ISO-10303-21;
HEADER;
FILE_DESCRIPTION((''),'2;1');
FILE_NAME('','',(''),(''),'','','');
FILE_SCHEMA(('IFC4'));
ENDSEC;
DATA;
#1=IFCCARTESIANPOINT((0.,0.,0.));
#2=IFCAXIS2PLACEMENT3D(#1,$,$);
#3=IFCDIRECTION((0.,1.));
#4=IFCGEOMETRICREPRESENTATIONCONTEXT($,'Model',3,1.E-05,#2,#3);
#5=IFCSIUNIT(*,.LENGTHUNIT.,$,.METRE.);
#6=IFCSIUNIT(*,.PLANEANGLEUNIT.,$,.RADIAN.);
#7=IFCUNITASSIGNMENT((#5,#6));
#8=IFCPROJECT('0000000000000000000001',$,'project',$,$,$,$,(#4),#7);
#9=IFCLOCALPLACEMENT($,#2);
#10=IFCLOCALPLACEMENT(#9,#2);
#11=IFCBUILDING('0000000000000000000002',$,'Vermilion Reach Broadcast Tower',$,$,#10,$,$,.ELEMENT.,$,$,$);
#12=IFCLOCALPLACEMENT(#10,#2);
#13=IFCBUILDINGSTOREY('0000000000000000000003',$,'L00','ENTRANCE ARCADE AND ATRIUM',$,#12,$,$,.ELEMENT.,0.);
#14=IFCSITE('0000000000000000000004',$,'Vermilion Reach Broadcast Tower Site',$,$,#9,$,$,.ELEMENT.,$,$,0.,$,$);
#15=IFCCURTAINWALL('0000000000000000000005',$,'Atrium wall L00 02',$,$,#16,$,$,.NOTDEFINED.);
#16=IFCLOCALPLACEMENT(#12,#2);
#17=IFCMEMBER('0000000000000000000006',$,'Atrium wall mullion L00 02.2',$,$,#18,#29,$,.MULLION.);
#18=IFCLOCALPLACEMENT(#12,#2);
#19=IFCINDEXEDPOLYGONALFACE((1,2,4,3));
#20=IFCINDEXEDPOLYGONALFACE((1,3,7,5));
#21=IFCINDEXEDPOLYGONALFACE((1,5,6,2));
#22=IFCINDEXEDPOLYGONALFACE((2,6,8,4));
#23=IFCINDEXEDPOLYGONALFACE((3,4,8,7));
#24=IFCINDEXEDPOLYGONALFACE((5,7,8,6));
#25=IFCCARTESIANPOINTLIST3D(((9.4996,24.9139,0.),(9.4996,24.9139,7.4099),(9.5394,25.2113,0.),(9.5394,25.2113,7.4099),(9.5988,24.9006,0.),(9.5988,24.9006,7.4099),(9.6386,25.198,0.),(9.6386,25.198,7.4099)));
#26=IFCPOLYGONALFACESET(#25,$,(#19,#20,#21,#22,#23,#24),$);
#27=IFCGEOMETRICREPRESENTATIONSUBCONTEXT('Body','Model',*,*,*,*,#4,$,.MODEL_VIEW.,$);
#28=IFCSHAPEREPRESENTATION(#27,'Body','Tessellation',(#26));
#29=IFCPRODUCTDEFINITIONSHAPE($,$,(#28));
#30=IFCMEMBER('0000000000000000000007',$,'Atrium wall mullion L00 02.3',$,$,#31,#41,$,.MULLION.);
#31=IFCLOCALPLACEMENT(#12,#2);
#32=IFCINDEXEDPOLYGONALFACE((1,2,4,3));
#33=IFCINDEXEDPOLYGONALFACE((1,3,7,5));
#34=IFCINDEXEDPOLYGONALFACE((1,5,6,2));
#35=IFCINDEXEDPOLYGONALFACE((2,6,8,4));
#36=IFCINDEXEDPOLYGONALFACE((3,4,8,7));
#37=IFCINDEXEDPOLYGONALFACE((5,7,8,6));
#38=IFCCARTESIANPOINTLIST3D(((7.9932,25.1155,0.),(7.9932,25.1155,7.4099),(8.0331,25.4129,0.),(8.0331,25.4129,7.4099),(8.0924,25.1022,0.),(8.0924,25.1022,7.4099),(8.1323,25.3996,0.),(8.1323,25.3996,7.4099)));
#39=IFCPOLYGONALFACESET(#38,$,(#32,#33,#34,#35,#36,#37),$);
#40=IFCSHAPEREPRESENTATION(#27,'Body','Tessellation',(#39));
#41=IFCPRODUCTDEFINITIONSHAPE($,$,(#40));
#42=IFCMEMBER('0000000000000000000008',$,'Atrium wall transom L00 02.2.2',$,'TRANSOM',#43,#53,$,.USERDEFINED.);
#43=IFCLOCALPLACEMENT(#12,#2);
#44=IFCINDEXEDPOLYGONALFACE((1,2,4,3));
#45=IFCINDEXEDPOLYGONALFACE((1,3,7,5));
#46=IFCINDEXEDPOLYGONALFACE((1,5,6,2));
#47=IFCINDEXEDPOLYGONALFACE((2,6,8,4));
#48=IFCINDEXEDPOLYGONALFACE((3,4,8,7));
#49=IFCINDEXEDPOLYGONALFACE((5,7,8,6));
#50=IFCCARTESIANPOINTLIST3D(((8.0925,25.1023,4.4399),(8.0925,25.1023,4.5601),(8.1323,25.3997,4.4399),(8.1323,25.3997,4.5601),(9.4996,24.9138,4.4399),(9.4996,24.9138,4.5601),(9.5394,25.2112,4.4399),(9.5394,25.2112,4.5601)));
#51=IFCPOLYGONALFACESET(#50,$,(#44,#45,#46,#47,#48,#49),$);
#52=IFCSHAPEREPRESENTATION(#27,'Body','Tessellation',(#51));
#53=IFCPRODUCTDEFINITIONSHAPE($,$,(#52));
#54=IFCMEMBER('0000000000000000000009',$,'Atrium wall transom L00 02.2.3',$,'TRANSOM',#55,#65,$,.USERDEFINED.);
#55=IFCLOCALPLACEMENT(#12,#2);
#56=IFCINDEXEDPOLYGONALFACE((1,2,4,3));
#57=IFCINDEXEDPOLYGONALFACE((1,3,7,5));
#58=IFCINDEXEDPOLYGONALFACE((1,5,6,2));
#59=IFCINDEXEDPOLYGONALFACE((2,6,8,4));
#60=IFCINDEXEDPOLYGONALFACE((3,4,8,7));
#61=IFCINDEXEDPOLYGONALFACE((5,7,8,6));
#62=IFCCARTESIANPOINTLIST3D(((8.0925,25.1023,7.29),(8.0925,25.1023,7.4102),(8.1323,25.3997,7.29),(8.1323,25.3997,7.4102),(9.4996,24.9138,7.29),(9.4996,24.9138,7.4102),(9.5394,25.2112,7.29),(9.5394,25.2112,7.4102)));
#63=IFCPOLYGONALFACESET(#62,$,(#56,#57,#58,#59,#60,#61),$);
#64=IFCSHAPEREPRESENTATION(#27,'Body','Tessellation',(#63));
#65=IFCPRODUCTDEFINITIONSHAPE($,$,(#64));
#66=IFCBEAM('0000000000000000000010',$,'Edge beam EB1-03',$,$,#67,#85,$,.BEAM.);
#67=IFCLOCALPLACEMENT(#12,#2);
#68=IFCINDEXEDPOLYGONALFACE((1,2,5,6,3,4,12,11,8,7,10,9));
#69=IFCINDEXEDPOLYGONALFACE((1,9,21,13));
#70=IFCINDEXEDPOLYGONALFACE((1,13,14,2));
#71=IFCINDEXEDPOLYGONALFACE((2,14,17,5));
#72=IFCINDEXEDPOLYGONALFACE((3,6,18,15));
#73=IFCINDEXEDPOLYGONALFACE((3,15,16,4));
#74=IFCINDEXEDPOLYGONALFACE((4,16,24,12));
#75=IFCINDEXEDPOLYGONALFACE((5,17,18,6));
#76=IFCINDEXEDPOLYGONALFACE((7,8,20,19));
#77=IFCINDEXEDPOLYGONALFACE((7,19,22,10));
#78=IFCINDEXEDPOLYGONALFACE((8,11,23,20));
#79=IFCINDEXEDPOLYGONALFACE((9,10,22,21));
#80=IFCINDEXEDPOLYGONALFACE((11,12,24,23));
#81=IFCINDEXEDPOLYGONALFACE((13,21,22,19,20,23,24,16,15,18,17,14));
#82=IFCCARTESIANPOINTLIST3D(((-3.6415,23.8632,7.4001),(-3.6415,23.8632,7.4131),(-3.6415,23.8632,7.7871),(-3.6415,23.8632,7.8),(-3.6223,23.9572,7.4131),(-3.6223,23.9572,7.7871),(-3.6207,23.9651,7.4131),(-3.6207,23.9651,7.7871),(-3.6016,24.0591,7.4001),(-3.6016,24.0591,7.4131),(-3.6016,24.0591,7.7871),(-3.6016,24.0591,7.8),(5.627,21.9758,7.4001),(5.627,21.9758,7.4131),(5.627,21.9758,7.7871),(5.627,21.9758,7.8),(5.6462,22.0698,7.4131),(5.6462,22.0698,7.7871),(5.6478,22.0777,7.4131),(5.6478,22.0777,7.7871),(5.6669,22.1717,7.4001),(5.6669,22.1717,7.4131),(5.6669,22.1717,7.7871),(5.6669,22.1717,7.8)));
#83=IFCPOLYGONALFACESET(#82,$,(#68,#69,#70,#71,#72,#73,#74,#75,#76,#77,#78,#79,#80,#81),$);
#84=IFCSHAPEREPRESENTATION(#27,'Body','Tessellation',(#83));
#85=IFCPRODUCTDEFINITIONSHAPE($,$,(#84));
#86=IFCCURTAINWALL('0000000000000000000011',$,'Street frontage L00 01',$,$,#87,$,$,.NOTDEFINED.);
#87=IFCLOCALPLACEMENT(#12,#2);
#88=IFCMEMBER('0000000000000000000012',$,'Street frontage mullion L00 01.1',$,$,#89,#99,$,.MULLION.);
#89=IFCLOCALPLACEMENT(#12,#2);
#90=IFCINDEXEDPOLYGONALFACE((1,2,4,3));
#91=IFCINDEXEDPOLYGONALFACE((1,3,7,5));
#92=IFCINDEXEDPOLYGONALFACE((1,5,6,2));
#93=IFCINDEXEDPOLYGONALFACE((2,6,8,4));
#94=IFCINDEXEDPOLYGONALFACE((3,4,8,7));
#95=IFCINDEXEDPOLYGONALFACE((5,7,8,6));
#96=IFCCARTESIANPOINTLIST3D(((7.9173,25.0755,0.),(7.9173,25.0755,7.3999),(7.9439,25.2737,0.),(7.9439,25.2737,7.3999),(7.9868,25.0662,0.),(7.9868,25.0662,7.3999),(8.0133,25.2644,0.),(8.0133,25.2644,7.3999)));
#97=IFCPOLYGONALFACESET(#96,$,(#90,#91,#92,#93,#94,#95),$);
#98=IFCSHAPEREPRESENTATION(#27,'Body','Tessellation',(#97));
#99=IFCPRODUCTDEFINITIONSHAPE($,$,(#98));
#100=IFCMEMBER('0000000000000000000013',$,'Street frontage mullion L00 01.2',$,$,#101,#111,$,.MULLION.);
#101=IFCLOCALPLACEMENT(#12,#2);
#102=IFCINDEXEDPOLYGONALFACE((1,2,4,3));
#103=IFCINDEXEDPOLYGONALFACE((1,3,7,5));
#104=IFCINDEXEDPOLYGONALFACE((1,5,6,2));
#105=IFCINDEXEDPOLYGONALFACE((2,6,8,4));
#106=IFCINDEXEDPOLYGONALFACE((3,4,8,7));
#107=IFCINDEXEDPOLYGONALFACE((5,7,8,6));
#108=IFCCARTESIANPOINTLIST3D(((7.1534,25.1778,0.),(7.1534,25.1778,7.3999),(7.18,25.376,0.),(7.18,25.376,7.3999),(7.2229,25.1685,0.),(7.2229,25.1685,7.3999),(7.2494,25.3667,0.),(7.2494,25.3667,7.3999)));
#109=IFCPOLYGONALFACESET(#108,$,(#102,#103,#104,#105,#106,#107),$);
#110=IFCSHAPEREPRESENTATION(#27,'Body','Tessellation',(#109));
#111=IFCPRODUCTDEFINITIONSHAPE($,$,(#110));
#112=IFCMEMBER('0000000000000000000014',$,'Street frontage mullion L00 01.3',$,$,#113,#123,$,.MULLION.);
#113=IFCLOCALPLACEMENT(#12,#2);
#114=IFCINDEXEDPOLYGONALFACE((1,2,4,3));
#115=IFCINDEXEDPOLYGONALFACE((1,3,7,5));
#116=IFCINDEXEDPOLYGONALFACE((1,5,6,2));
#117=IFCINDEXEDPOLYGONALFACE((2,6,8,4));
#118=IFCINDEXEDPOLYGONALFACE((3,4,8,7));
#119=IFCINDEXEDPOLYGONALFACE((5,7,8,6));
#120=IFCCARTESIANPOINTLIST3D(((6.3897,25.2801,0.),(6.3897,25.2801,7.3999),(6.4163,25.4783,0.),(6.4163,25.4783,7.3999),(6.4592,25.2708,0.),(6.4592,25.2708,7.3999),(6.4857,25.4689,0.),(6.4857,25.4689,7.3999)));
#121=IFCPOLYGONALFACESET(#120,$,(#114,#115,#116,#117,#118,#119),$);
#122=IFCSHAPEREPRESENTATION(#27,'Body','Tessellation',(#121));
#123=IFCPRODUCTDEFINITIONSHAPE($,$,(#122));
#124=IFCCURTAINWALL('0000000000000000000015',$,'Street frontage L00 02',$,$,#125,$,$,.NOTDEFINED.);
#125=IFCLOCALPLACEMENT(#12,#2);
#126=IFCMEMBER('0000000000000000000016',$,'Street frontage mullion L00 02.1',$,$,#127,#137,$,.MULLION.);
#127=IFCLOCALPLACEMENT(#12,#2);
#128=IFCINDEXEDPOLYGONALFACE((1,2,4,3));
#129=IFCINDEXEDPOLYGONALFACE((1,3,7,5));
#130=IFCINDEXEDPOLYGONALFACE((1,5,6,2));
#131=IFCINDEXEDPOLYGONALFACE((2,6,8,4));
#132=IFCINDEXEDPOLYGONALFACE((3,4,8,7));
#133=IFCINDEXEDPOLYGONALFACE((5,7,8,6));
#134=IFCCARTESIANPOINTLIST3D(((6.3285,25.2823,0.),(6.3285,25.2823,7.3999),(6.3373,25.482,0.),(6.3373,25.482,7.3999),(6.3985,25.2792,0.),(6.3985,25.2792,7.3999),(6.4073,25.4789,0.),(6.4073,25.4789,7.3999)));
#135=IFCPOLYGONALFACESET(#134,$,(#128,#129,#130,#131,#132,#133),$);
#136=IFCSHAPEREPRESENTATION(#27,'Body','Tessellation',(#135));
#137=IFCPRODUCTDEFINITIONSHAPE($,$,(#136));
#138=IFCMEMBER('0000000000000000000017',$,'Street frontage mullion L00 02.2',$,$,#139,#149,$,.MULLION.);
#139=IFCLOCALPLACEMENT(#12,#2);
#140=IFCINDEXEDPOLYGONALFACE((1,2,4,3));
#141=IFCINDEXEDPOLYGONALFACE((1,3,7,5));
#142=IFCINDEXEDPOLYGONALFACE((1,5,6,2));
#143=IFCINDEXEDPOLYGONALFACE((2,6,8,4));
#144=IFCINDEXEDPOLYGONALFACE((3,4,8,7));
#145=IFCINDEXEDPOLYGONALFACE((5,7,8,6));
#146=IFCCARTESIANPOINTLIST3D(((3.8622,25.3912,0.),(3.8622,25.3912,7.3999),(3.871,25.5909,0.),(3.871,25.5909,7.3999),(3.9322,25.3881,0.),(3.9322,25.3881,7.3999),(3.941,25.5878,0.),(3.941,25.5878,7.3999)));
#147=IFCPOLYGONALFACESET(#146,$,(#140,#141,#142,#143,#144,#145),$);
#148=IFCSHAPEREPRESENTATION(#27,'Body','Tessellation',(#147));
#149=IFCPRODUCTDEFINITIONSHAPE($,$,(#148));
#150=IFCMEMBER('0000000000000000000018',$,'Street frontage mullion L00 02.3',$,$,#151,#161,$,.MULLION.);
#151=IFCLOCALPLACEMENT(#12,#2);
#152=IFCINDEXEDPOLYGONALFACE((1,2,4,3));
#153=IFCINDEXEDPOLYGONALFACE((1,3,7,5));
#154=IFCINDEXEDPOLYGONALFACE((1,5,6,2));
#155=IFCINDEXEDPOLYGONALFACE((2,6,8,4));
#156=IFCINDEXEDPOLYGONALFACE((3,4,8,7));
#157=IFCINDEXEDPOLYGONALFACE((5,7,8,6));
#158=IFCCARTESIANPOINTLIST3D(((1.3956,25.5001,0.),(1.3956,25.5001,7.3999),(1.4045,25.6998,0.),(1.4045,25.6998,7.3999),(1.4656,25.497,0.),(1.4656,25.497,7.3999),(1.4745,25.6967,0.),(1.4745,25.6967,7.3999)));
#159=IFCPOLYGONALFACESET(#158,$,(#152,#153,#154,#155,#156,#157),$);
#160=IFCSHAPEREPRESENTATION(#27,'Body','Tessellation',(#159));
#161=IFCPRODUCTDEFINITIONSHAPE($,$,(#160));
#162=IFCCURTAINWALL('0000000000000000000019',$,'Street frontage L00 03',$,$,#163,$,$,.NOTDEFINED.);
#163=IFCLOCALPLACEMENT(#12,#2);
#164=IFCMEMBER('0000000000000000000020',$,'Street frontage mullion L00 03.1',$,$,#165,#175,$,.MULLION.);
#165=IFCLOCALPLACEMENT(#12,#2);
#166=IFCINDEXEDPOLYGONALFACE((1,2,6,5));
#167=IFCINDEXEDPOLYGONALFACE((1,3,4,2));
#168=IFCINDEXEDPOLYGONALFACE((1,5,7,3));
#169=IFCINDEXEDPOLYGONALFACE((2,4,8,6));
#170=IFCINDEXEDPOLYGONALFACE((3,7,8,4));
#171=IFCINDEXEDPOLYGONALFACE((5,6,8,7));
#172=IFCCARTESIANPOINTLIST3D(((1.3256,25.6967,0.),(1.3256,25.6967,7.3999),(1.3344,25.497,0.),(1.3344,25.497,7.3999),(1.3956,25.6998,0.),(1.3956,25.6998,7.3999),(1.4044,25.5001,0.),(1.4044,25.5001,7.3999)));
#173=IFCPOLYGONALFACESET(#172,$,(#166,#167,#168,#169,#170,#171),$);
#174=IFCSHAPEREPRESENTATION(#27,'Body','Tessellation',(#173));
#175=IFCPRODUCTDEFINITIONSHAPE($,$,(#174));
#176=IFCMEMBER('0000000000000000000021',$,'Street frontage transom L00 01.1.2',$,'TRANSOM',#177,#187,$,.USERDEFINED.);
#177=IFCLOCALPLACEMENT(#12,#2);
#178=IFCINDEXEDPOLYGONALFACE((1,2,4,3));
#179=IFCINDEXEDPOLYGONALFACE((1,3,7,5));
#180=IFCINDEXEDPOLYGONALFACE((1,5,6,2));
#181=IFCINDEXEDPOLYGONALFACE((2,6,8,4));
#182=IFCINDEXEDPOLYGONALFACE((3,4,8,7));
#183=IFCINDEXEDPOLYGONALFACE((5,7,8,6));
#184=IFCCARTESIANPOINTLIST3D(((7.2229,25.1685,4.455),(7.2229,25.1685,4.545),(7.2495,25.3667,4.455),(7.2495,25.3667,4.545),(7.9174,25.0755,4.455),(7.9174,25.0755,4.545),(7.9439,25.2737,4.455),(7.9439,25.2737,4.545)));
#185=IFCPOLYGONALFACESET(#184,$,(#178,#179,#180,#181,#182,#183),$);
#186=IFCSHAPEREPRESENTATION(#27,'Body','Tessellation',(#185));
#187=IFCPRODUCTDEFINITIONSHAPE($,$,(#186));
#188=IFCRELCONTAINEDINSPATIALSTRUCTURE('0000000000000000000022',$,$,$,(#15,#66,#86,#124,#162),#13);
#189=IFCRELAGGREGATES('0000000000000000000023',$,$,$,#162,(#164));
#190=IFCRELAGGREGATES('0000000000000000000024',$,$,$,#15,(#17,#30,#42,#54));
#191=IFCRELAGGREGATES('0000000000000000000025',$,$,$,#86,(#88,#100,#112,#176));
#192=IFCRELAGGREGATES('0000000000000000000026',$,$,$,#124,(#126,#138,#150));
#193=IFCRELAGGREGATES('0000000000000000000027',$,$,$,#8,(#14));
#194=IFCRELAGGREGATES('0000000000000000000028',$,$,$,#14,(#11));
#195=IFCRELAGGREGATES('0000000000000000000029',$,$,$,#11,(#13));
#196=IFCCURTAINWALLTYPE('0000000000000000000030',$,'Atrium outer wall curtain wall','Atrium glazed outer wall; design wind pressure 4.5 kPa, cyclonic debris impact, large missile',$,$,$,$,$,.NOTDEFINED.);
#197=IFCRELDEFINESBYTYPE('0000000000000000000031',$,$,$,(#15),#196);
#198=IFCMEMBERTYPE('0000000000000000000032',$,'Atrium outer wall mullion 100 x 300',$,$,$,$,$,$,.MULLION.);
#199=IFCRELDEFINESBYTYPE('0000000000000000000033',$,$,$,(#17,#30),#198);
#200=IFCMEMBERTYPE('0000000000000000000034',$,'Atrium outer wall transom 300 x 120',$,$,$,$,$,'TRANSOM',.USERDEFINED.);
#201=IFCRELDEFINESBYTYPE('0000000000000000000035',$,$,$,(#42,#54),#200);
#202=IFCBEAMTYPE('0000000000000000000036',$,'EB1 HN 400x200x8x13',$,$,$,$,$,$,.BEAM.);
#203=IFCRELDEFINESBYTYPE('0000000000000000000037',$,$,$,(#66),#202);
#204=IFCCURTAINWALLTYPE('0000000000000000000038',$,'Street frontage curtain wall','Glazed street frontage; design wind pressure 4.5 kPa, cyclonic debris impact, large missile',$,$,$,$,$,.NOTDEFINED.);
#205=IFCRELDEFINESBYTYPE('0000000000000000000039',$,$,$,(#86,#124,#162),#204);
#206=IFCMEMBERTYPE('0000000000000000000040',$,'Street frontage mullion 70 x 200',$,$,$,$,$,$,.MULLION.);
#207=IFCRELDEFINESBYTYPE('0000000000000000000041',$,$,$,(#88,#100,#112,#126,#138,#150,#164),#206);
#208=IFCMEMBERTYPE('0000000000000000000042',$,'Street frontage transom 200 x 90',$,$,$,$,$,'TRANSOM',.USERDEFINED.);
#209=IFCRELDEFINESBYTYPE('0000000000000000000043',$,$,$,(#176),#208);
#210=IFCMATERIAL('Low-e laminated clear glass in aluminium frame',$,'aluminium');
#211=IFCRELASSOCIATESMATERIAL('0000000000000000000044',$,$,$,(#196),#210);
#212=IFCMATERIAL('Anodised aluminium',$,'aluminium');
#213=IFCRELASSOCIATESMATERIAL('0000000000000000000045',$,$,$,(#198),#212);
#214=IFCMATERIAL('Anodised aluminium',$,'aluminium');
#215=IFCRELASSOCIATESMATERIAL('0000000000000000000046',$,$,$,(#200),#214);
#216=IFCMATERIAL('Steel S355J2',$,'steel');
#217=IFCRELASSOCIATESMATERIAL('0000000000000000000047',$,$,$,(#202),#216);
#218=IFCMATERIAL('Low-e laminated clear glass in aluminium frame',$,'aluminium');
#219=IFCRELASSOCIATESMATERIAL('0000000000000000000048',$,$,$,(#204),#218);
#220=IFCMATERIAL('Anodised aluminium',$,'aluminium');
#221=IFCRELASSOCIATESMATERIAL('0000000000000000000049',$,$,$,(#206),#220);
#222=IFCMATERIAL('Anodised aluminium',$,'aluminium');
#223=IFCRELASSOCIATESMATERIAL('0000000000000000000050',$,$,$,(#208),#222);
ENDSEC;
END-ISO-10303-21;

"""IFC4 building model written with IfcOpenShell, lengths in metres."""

from ifc_helpers import new_model, si_unit, direction, frame, origin, origin_2d, place, context, subcontext, project, spatial, rectangle, i_section, extrude, material, material_profile, profile_set, type_object, element, aggregate, save


model = new_model("IFC4")

# Units and contexts
model_context = context("Model", 3, precision=1e-05, world=origin(), true_north=direction((0.0, 1.0)))
body_context = subcontext(model_context, "Body", "Model", "MODEL_VIEW")
ifc_project = project(units=[si_unit("LENGTHUNIT", "METRE"), si_unit("PLANEANGLEUNIT", "RADIAN")], contexts=[model_context])

# Site, building, storey
site_placement = place(None, origin())
site = spatial("IfcSite", under=ifc_project, at=site_placement, Name="Vermilion Reach Broadcast Tower Site", CompositionType="ELEMENT", RefElevation=0.0)
building_placement = place(site_placement, origin())
building = spatial("IfcBuilding", under=site, at=building_placement, Name="Vermilion Reach Broadcast Tower", CompositionType="ELEMENT")
storey_placement = place(building_placement, origin())
storey = spatial("IfcBuildingStorey", under=building, at=storey_placement, Name="L00", Description="ENTRANCE ARCADE AND ATRIUM", CompositionType="ELEMENT", Elevation=0.0)

# Curtain wall, members
ifc_material_1 = material(Name="Low-e laminated clear glass in aluminium frame", Category="aluminium")
curtain_wall_type_1 = type_object("IfcCurtainWallType", Name="Atrium outer wall curtain wall", Description="Atrium glazed outer wall; design wind pressure 4.5 kPa, cyclonic debris impact, large missile", PredefinedType="NOTDEFINED", material=ifc_material_1)
placement = place(storey_placement, origin())
curtain_wall_1 = element("IfcCurtainWall", 1, at=placement, inside=storey, type_object=curtain_wall_type_1, Name="Atrium wall L00 02", PredefinedType="NOTDEFINED")
ifc_material_2 = material(Name="Anodised aluminium", Category="aluminium")
ifc_material_profile_1 = material_profile(ifc_material_2, rectangle(XDim=0.3, YDim=0.1001, at=origin_2d()), Name="Atrium outer wall mullion 100 x 300")
ifc_profile_set_1 = profile_set([ifc_material_profile_1], Name="Anodised aluminium")
member_type_1 = type_object("IfcMemberType", Name="Atrium outer wall mullion 100 x 300", PredefinedType="MULLION", material=ifc_profile_set_1)
member_1_placement = place(storey_placement, frame((9.5691, 25.0559, 0.0), z_axis=(0.0, 0.0, 1.0), x_axis=(-0.132794, -0.991144, 0.0)))
member_1 = element("IfcMember", 2, at=member_1_placement, type_object=member_type_1, Name="Atrium wall mullion L00 02.2", PredefinedType="MULLION", context=body_context, shape_type="SweptSolid", body=[
    extrude(rectangle(XDim=0.3, YDim=0.1001, at=origin_2d()), origin(), (0.0, 0.0, 1.0), 7.4099),
])
member_2_placement = place(storey_placement, frame((8.0627, 25.2576, 0.0), z_axis=(0.0, 0.0, 1.0), x_axis=(-0.132794, -0.991144, 0.0)))
member_2 = element("IfcMember", 3, at=member_2_placement, type_object=member_type_1, Name="Atrium wall mullion L00 02.3", PredefinedType="MULLION", context=body_context, shape_type="SweptSolid", body=[
    extrude(rectangle(XDim=0.3, YDim=0.1001, at=origin_2d()), origin(), (0.0, 0.0, 1.0), 7.4099),
])
ifc_material_3 = material(Name="Anodised aluminium", Category="aluminium")
ifc_material_profile_2 = material_profile(ifc_material_3, rectangle(XDim=0.3, YDim=0.1201, at=origin_2d()), Name="Atrium outer wall transom 300 x 120")
ifc_profile_set_2 = profile_set([ifc_material_profile_2], Name="Anodised aluminium")
member_type_2 = type_object("IfcMemberType", Name="Atrium outer wall transom 300 x 120", ElementType="TRANSOM", PredefinedType="USERDEFINED", material=ifc_profile_set_2)
member_3_placement = place(storey_placement, frame((9.5195, 25.0625, 4.5), z_axis=(-0.99115, 0.132749, 0.0), x_axis=(-0.132749, -0.99115, 0.0)))
member_3 = element("IfcMember", 4, at=member_3_placement, type_object=member_type_2, Name="Atrium wall transom L00 02.2.2", ObjectType="TRANSOM", PredefinedType="USERDEFINED", context=body_context, shape_type="SweptSolid", body=[
    extrude(rectangle(XDim=0.3, YDim=0.1201, at=origin_2d()), origin(), (0.0, 0.0, 1.0), 1.4197),
])
member_4_placement = place(storey_placement, frame((9.5195, 25.0625, 7.3501), z_axis=(-0.99115, 0.132749, 0.0), x_axis=(-0.132749, -0.99115, 0.0)))
member_4 = element("IfcMember", 5, at=member_4_placement, type_object=member_type_2, Name="Atrium wall transom L00 02.2.3", ObjectType="TRANSOM", PredefinedType="USERDEFINED", context=body_context, shape_type="SweptSolid", body=[
    extrude(rectangle(XDim=0.3, YDim=0.1201, at=origin_2d()), origin(), (0.0, 0.0, 1.0), 1.4197),
])

# Beam
ifc_material_4 = material(Name="Steel S355J2", Category="steel")
ifc_material_profile_3 = material_profile(ifc_material_4, i_section(OverallWidth=0.2, OverallDepth=0.3999, WebThickness=0.0081, FlangeThickness=0.0129, at=origin_2d()), Name="S355J2 HN 400x200x8x13")
ifc_profile_set_3 = profile_set([ifc_material_profile_3], Name="Steel S355J2")
beam_type = type_object("IfcBeamType", Name="EB1 HN 400x200x8x13", PredefinedType="BEAM", material=ifc_profile_set_3)
beam_placement = place(storey_placement, frame((5.647, 22.0737, 7.6001), z_axis=(-0.979889, 0.199545, 0.0), x_axis=(-0.199545, -0.979889, 0.0)))
element("IfcBeam", 6, at=beam_placement, inside=storey, type_object=beam_type, Name="Edge beam EB1-03", PredefinedType="BEAM", context=body_context, shape_type="SweptSolid", body=[
    extrude(i_section(OverallWidth=0.2, OverallDepth=0.3999, WebThickness=0.0081, FlangeThickness=0.0129, at=origin_2d()), origin(), (0.0, 0.0, 1.0), 9.4587),
])

# Curtain walls, members
ifc_material_5 = material(Name="Low-e laminated clear glass in aluminium frame", Category="aluminium")
curtain_wall_type_2 = type_object("IfcCurtainWallType", Name="Street frontage curtain wall", Description="Glazed street frontage; design wind pressure 4.5 kPa, cyclonic debris impact, large missile", PredefinedType="NOTDEFINED", material=ifc_material_5)
curtain_wall_2 = element("IfcCurtainWall", 7, at=placement, inside=storey, type_object=curtain_wall_type_2, Name="Street frontage L00 01", PredefinedType="NOTDEFINED")
ifc_material_6 = material(Name="Anodised aluminium", Category="aluminium")
ifc_material_profile_4 = material_profile(ifc_material_6, rectangle(XDim=0.2, YDim=0.0701, at=origin_2d()), Name="Street frontage mullion 70 x 200")
ifc_profile_set_4 = profile_set([ifc_material_profile_4], Name="Anodised aluminium")
member_type_3 = type_object("IfcMemberType", Name="Street frontage mullion 70 x 200", PredefinedType="MULLION", material=ifc_profile_set_4)
member_5_placement = place(storey_placement, frame((7.9653, 25.1699, 0.0), z_axis=(0.0, 0.0, 1.0), x_axis=(-0.132794, -0.991144, 0.0)))
member_5 = element("IfcMember", 8, at=member_5_placement, type_object=member_type_3, Name="Street frontage mullion L00 01.1", PredefinedType="MULLION", context=body_context, shape_type="SweptSolid", body=[
    extrude(rectangle(XDim=0.2, YDim=0.0701, at=origin_2d()), origin(), (0.0, 0.0, 1.0), 7.3999),
])
member_6_placement = place(storey_placement, frame((7.2014, 25.2722, 0.0), z_axis=(0.0, 0.0, 1.0), x_axis=(-0.132794, -0.991144, 0.0)))
member_6 = element("IfcMember", 9, at=member_6_placement, type_object=member_type_3, Name="Street frontage mullion L00 01.2", PredefinedType="MULLION", context=body_context, shape_type="SweptSolid", body=[
    extrude(rectangle(XDim=0.2, YDim=0.0701, at=origin_2d()), origin(), (0.0, 0.0, 1.0), 7.3999),
])
member_7_placement = place(storey_placement, frame((6.4377, 25.3745, 0.0), z_axis=(0.0, 0.0, 1.0), x_axis=(-0.132794, -0.991144, 0.0)))
member_7 = element("IfcMember", 10, at=member_7_placement, type_object=member_type_3, Name="Street frontage mullion L00 01.3", PredefinedType="MULLION", context=body_context, shape_type="SweptSolid", body=[
    extrude(rectangle(XDim=0.2, YDim=0.0701, at=origin_2d()), origin(), (0.0, 0.0, 1.0), 7.3999),
])
curtain_wall_3 = element("IfcCurtainWall", 11, at=placement, inside=storey, type_object=curtain_wall_type_2, Name="Street frontage L00 02", PredefinedType="NOTDEFINED")
member_8_placement = place(storey_placement, frame((6.3679, 25.3806, 0.0), z_axis=(0.0, 0.0, 1.0), x_axis=(-0.044105, -0.999027, 0.0)))
member_8 = element("IfcMember", 12, at=member_8_placement, type_object=member_type_3, Name="Street frontage mullion L00 02.1", PredefinedType="MULLION", context=body_context, shape_type="SweptSolid", body=[
    extrude(rectangle(XDim=0.2, YDim=0.0701, at=origin_2d()), origin(), (0.0, 0.0, 1.0), 7.3999),
])
member_9_placement = place(storey_placement, frame((3.9016, 25.4895, 0.0), z_axis=(0.0, 0.0, 1.0), x_axis=(-0.044105, -0.999027, 0.0)))
member_9 = element("IfcMember", 13, at=member_9_placement, type_object=member_type_3, Name="Street frontage mullion L00 02.2", PredefinedType="MULLION", context=body_context, shape_type="SweptSolid", body=[
    extrude(rectangle(XDim=0.2, YDim=0.0701, at=origin_2d()), origin(), (0.0, 0.0, 1.0), 7.3999),
])
member_10_placement = place(storey_placement, frame((1.4351, 25.5984, 0.0), z_axis=(0.0, 0.0, 1.0), x_axis=(-0.044105, -0.999027, 0.0)))
member_10 = element("IfcMember", 14, at=member_10_placement, type_object=member_type_3, Name="Street frontage mullion L00 02.3", PredefinedType="MULLION", context=body_context, shape_type="SweptSolid", body=[
    extrude(rectangle(XDim=0.2, YDim=0.0701, at=origin_2d()), origin(), (0.0, 0.0, 1.0), 7.3999),
])

# Curtain wall, member
curtain_wall_4 = element("IfcCurtainWall", 15, at=placement, inside=storey, type_object=curtain_wall_type_2, Name="Street frontage L00 03", PredefinedType="NOTDEFINED")
member_11_placement = place(storey_placement, frame((1.365, 25.5984, 0.0), z_axis=(0.0, 0.0, 1.0), x_axis=(0.044105, -0.999027, 0.0)))
member_11 = element("IfcMember", 16, at=member_11_placement, type_object=member_type_3, Name="Street frontage mullion L00 03.1", PredefinedType="MULLION", context=body_context, shape_type="SweptSolid", body=[
    extrude(rectangle(XDim=0.2, YDim=0.0701, at=origin_2d()), origin(), (0.0, 0.0, 1.0), 7.3999),
])

# Member
ifc_material_7 = material(Name="Anodised aluminium", Category="aluminium")
ifc_material_profile_5 = material_profile(ifc_material_7, rectangle(XDim=0.2, YDim=0.0901, at=origin_2d()), Name="Street frontage transom 200 x 90")
ifc_profile_set_5 = profile_set([ifc_material_profile_5], Name="Anodised aluminium")
member_type_4 = type_object("IfcMemberType", Name="Street frontage transom 200 x 90", ElementType="TRANSOM", PredefinedType="USERDEFINED", material=ifc_profile_set_5)
member_12_placement = place(storey_placement, frame((7.9307, 25.1746, 4.5), z_axis=(-0.991152, 0.132734, 0.0), x_axis=(-0.132734, -0.991152, 0.0)))
member_12 = element("IfcMember", 17, at=member_12_placement, type_object=member_type_4, Name="Street frontage transom L00 01.1.2", ObjectType="TRANSOM", PredefinedType="USERDEFINED", context=body_context, shape_type="SweptSolid", body=[
    extrude(rectangle(XDim=0.2, YDim=0.0901, at=origin_2d()), origin(), (0.0, 0.0, 1.0), 0.7007),
])
aggregate(curtain_wall_4, [member_11])

aggregate(curtain_wall_1, [member_1, member_2, member_3, member_4])
aggregate(curtain_wall_2, [member_5, member_6, member_7, member_12])
aggregate(curtain_wall_3, [member_8, member_9, member_10])

save(model, "model.ifc")
